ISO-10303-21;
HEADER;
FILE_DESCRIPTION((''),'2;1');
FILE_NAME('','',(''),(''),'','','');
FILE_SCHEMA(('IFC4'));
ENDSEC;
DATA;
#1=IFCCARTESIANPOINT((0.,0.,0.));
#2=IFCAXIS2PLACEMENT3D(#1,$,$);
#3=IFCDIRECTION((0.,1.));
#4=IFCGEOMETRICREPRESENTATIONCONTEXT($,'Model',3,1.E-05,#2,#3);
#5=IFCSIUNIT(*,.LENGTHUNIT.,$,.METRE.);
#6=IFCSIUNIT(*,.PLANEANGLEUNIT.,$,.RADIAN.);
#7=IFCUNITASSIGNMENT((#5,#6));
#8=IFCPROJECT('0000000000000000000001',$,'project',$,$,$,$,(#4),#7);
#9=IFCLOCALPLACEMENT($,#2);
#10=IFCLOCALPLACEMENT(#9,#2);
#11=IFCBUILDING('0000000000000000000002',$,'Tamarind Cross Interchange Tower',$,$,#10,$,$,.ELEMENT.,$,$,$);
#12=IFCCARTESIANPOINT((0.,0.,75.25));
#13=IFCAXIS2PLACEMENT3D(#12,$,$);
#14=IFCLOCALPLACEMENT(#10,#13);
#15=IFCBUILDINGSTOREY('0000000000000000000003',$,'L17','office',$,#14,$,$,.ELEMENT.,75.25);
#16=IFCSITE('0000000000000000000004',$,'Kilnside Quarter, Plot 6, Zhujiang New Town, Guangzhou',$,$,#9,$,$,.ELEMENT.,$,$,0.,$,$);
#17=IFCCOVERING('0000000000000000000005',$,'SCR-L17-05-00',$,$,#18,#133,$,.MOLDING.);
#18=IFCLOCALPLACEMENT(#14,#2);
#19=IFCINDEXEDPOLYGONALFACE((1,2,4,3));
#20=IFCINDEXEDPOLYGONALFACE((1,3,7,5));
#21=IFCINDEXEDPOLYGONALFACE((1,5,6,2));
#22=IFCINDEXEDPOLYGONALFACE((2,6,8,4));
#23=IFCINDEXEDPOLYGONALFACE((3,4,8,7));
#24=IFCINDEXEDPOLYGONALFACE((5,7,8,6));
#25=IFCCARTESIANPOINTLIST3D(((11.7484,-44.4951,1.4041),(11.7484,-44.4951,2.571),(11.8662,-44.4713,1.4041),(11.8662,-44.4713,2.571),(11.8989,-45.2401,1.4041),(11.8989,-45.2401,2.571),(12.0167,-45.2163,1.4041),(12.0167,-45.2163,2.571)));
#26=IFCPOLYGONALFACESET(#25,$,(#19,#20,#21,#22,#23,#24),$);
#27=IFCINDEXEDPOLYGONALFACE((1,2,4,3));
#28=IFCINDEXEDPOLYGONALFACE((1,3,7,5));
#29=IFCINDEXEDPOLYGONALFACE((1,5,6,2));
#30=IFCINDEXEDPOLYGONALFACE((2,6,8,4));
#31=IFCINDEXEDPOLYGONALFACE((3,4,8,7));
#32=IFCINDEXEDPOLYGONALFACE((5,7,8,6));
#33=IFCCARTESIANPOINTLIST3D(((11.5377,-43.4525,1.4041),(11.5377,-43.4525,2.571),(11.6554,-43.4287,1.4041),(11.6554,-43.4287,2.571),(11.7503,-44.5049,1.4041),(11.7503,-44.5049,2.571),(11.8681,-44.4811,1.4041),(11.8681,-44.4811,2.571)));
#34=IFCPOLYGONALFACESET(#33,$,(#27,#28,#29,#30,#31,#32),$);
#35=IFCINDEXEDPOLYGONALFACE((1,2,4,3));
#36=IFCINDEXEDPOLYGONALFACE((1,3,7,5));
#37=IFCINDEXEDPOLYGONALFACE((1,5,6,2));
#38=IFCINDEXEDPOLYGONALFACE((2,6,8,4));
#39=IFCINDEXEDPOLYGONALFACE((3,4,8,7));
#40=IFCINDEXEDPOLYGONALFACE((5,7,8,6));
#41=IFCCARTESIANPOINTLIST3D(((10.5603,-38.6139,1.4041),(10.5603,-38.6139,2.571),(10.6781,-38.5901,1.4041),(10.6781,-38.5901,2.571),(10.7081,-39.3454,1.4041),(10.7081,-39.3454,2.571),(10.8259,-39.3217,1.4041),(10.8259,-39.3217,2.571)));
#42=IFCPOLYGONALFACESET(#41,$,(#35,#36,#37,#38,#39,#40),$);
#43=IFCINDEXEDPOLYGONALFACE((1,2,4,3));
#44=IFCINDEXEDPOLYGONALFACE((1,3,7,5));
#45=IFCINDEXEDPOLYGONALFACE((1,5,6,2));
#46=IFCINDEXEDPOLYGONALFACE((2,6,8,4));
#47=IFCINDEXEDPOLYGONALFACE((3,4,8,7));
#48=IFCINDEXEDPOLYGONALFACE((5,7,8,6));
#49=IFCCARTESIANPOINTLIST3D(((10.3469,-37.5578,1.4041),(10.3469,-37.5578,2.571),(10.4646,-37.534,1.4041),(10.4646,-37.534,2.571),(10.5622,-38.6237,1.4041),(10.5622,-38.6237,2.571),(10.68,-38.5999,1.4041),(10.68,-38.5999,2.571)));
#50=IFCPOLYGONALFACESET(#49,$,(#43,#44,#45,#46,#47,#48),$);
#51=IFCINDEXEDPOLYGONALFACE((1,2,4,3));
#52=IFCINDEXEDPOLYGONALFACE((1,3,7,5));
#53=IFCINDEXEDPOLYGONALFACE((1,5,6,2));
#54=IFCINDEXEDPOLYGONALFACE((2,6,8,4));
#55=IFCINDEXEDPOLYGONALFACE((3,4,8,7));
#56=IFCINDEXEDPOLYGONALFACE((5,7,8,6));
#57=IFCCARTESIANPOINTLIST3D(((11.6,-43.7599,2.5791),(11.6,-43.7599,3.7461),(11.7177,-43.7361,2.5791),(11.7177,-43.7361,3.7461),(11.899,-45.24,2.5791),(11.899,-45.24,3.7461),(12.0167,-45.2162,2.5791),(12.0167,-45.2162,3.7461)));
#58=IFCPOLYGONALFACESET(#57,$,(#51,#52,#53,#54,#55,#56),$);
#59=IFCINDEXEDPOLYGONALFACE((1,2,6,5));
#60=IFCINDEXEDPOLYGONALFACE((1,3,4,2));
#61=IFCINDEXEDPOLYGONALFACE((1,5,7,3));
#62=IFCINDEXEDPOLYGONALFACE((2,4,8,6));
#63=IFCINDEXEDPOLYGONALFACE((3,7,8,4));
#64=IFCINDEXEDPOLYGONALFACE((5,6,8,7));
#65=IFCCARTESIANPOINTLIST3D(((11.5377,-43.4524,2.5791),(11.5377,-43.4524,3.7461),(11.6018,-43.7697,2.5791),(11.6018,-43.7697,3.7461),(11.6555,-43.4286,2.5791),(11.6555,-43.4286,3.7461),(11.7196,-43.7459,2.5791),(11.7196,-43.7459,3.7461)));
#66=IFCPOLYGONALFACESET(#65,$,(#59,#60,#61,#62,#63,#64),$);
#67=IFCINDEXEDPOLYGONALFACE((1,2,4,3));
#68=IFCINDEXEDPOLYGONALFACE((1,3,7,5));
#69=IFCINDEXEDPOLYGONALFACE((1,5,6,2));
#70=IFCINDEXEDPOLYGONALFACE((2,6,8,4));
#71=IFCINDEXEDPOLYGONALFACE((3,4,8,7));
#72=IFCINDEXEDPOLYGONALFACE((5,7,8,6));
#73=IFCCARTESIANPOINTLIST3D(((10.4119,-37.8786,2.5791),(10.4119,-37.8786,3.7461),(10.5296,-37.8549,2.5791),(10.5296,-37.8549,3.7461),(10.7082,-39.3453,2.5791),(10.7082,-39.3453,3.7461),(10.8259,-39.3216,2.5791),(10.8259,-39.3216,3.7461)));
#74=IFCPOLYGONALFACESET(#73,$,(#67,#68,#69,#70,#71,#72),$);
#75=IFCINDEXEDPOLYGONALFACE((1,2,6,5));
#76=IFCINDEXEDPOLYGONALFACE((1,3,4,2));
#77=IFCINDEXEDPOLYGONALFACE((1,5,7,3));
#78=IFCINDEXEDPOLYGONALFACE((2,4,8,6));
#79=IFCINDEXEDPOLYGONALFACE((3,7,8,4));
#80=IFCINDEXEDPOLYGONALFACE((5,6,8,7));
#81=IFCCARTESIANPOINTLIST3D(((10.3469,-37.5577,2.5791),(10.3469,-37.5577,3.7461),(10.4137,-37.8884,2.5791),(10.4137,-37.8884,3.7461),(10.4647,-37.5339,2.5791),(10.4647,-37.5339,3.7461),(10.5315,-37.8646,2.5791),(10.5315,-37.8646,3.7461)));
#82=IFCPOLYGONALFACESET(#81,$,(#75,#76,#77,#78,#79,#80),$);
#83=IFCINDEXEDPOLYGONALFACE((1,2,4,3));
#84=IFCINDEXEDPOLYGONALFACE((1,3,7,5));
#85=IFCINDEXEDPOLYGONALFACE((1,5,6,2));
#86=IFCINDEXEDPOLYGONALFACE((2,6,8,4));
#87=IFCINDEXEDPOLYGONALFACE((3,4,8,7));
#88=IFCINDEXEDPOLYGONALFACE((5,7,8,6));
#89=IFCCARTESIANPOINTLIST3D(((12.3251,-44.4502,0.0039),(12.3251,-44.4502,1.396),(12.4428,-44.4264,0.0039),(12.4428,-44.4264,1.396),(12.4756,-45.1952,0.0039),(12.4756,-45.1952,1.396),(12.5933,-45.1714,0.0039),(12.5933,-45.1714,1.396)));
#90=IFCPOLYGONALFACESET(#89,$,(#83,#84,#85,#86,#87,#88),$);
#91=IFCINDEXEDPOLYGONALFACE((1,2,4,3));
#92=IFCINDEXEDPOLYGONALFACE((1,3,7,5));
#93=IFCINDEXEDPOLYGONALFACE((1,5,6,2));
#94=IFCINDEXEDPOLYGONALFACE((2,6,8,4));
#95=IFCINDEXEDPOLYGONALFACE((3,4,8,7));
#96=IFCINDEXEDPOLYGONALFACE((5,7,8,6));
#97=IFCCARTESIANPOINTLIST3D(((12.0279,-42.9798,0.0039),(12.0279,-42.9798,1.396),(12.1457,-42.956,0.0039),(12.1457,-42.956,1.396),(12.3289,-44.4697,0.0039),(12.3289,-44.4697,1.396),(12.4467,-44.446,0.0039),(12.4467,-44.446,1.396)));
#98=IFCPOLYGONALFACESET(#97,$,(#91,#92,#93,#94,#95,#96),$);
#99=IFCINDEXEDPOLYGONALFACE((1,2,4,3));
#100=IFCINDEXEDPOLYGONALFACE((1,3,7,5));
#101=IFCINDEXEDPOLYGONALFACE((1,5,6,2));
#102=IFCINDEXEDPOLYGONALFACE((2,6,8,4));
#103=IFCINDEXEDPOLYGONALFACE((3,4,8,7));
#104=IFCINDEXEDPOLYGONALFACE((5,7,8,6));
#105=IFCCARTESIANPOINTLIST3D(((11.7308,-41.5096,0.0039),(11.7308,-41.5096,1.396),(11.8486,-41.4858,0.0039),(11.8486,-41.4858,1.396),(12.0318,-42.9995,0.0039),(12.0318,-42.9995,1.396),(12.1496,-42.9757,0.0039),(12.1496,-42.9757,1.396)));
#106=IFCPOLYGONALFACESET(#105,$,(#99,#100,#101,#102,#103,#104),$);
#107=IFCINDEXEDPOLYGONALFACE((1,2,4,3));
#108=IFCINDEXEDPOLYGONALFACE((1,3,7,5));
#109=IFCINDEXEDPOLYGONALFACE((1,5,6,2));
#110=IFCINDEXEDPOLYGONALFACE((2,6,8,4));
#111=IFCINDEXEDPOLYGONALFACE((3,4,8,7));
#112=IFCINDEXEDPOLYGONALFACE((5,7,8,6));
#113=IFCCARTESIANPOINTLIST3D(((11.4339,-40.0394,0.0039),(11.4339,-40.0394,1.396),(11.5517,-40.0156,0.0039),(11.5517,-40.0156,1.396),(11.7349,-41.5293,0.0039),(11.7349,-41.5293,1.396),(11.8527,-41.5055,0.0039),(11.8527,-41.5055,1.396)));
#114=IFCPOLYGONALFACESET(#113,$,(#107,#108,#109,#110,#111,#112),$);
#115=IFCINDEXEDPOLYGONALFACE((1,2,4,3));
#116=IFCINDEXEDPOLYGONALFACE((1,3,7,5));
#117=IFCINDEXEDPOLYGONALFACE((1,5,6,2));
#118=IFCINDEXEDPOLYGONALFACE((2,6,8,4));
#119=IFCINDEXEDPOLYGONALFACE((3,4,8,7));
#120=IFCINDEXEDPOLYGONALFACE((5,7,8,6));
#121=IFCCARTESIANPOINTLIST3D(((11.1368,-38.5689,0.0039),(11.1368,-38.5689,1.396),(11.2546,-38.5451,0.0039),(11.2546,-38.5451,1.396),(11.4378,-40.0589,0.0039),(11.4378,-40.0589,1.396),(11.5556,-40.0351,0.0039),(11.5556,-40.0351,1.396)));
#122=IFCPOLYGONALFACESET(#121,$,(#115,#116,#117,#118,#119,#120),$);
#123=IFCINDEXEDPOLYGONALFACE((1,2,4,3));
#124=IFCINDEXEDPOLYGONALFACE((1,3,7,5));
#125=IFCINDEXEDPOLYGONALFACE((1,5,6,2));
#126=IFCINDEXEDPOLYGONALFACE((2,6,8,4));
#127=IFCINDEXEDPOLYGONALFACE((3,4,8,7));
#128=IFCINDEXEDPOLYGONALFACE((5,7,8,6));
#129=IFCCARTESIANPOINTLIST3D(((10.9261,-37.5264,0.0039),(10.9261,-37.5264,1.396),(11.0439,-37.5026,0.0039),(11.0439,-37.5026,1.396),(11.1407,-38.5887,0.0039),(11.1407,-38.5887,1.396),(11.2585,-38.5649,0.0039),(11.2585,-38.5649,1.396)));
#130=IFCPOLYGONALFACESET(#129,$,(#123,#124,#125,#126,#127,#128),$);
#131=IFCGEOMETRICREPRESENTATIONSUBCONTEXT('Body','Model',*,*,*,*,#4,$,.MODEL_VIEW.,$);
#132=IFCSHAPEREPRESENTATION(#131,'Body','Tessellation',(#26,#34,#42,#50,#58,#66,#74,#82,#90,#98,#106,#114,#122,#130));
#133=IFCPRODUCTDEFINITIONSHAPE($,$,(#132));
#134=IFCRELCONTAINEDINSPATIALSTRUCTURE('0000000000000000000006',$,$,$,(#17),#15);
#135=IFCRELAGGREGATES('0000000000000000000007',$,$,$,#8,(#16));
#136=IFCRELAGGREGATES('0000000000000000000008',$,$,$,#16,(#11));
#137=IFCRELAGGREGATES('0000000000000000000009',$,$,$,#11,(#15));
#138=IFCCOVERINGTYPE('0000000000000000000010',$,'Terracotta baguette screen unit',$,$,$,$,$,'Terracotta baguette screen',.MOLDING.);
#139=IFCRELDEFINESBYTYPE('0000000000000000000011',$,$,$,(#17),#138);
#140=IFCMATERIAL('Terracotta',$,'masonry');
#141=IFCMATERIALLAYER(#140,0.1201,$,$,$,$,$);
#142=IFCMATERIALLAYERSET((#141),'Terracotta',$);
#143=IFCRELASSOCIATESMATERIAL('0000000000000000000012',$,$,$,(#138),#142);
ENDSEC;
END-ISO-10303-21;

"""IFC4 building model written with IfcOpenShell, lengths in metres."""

from ifc_helpers import new_model, si_unit, direction, frame, origin, origin_2d, place, context, subcontext, project, spatial, rectangle, extrude, material, layer, layer_set, type_object, element, save


model = new_model("IFC4")

# Units and contexts
model_context = context("Model", 3, precision=1e-05, world=origin(), true_north=direction((0.0, 1.0)))
body_context = subcontext(model_context, "Body", "Model", "MODEL_VIEW")
ifc_project = project(units=[si_unit("LENGTHUNIT", "METRE"), si_unit("PLANEANGLEUNIT", "RADIAN")], contexts=[model_context])

# Site, building, storey
site_placement = place(None, origin())
site = spatial("IfcSite", under=ifc_project, at=site_placement, Name="Kilnside Quarter, Plot 6, Zhujiang New Town, Guangzhou", CompositionType="ELEMENT", RefElevation=0.0)
building_placement = place(site_placement, origin())
building = spatial("IfcBuilding", under=site, at=building_placement, Name="Tamarind Cross Interchange Tower", CompositionType="ELEMENT")
storey_placement = place(building_placement, frame((0.0, 0.0, 75.25)))
storey = spatial("IfcBuildingStorey", under=building, at=storey_placement, Name="L17", Description="office", CompositionType="ELEMENT", Elevation=75.25)

# Covering
ifc_material_1 = material(Name="Terracotta", Category="masonry")
ifc_layer_1 = layer(ifc_material_1, 0.1201)
ifc_layer_set_1 = layer_set([ifc_layer_1], Name="Terracotta")
covering_type = type_object("IfcCoveringType", Name="Terracotta baguette screen unit", ElementType="Terracotta baguette screen", PredefinedType="MOLDING", material=ifc_layer_set_1)
covering_1_placement = place(storey_placement, origin())
element("IfcCovering", 1, at=covering_1_placement, inside=storey, type_object=covering_type, Name="SCR-L17-05-00", PredefinedType="MOLDING", context=body_context, shape_type="SweptSolid", body=[
    extrude(rectangle(XDim=0.76, YDim=0.1201, at=origin_2d()), frame((11.8826, -44.8557, 1.4041), z_axis=(0.0, 0.0, 1.0), x_axis=(-0.198023, 0.980197, 0.0)), (0.0, 0.0, 1.0), 1.167),
    extrude(rectangle(XDim=1.0737, YDim=0.1201, at=origin_2d()), frame((11.7029, -43.9668, 1.4041), z_axis=(0.0, 0.0, 1.0), x_axis=(-0.198023, 0.980197, 0.0)), (0.0, 0.0, 1.0), 1.167),
    extrude(rectangle(XDim=0.7463, YDim=0.1201, at=origin_2d()), frame((10.6931, -38.9678, 1.4041), z_axis=(0.0, 0.0, 1.0), x_axis=(-0.198023, 0.980197, 0.0)), (0.0, 0.0, 1.0), 1.167),
    extrude(rectangle(XDim=1.0874, YDim=0.1201, at=origin_2d()), frame((10.5134, -38.0789, 1.4041), z_axis=(0.0, 0.0, 1.0), x_axis=(-0.198023, 0.980197, 0.0)), (0.0, 0.0, 1.0), 1.167),
    extrude(rectangle(XDim=1.51, YDim=0.1201, at=origin_2d()), frame((11.8083, -44.488, 2.5791), z_axis=(0.0, 0.0, 1.0), x_axis=(-0.198023, 0.980197, 0.0)), (0.0, 0.0, 1.0), 1.167),
    extrude(rectangle(XDim=0.3237, YDim=0.1201, at=origin_2d()), frame((11.6287, -43.5991, 2.5791), z_axis=(0.0, 0.0, 1.0), x_axis=(-0.198023, 0.980197, 0.0)), (0.0, 0.0, 1.0), 1.167),
    extrude(rectangle(XDim=1.4963, YDim=0.1201, at=origin_2d()), frame((10.6189, -38.6001, 2.5791), z_axis=(0.0, 0.0, 1.0), x_axis=(-0.198023, 0.980197, 0.0)), (0.0, 0.0, 1.0), 1.167),
    extrude(rectangle(XDim=0.3374, YDim=0.1201, at=origin_2d()), frame((10.4392, -37.7112, 2.5791), z_axis=(0.0, 0.0, 1.0), x_axis=(-0.198023, 0.980197, 0.0)), (0.0, 0.0, 1.0), 1.167),
    extrude(rectangle(XDim=0.76, YDim=0.1201, at=origin_2d()), frame((12.4592, -44.8108, 0.0039), z_axis=(0.0, 0.0, 1.0), x_axis=(-0.198023, 0.980197, 0.0)), (0.0, 0.0, 1.0), 1.3921),
    extrude(rectangle(XDim=1.52, YDim=0.1201, at=origin_2d()), frame((12.2373, -43.7129, 0.0039), z_axis=(0.0, 0.0, 1.0), x_axis=(-0.198023, 0.980197, 0.0)), (0.0, 0.0, 1.0), 1.3921),
    extrude(rectangle(XDim=1.52, YDim=0.1201, at=origin_2d()), frame((11.9402, -42.2427, 0.0039), z_axis=(0.0, 0.0, 1.0), x_axis=(-0.198023, 0.980197, 0.0)), (0.0, 0.0, 1.0), 1.3921),
    extrude(rectangle(XDim=1.52, YDim=0.1201, at=origin_2d()), frame((11.6433, -40.7725, 0.0039), z_axis=(0.0, 0.0, 1.0), x_axis=(-0.198023, 0.980197, 0.0)), (0.0, 0.0, 1.0), 1.3921),
    extrude(rectangle(XDim=1.52, YDim=0.1201, at=origin_2d()), frame((11.3462, -39.302, 0.0039), z_axis=(0.0, 0.0, 1.0), x_axis=(-0.198023, 0.980197, 0.0)), (0.0, 0.0, 1.0), 1.3921),
    extrude(rectangle(XDim=1.0837, YDim=0.1201, at=origin_2d()), frame((11.0923, -38.0457, 0.0039), z_axis=(0.0, 0.0, 1.0), x_axis=(-0.198023, 0.980197, 0.0)), (0.0, 0.0, 1.0), 1.3921),
])

save(model, "model.ifc")
